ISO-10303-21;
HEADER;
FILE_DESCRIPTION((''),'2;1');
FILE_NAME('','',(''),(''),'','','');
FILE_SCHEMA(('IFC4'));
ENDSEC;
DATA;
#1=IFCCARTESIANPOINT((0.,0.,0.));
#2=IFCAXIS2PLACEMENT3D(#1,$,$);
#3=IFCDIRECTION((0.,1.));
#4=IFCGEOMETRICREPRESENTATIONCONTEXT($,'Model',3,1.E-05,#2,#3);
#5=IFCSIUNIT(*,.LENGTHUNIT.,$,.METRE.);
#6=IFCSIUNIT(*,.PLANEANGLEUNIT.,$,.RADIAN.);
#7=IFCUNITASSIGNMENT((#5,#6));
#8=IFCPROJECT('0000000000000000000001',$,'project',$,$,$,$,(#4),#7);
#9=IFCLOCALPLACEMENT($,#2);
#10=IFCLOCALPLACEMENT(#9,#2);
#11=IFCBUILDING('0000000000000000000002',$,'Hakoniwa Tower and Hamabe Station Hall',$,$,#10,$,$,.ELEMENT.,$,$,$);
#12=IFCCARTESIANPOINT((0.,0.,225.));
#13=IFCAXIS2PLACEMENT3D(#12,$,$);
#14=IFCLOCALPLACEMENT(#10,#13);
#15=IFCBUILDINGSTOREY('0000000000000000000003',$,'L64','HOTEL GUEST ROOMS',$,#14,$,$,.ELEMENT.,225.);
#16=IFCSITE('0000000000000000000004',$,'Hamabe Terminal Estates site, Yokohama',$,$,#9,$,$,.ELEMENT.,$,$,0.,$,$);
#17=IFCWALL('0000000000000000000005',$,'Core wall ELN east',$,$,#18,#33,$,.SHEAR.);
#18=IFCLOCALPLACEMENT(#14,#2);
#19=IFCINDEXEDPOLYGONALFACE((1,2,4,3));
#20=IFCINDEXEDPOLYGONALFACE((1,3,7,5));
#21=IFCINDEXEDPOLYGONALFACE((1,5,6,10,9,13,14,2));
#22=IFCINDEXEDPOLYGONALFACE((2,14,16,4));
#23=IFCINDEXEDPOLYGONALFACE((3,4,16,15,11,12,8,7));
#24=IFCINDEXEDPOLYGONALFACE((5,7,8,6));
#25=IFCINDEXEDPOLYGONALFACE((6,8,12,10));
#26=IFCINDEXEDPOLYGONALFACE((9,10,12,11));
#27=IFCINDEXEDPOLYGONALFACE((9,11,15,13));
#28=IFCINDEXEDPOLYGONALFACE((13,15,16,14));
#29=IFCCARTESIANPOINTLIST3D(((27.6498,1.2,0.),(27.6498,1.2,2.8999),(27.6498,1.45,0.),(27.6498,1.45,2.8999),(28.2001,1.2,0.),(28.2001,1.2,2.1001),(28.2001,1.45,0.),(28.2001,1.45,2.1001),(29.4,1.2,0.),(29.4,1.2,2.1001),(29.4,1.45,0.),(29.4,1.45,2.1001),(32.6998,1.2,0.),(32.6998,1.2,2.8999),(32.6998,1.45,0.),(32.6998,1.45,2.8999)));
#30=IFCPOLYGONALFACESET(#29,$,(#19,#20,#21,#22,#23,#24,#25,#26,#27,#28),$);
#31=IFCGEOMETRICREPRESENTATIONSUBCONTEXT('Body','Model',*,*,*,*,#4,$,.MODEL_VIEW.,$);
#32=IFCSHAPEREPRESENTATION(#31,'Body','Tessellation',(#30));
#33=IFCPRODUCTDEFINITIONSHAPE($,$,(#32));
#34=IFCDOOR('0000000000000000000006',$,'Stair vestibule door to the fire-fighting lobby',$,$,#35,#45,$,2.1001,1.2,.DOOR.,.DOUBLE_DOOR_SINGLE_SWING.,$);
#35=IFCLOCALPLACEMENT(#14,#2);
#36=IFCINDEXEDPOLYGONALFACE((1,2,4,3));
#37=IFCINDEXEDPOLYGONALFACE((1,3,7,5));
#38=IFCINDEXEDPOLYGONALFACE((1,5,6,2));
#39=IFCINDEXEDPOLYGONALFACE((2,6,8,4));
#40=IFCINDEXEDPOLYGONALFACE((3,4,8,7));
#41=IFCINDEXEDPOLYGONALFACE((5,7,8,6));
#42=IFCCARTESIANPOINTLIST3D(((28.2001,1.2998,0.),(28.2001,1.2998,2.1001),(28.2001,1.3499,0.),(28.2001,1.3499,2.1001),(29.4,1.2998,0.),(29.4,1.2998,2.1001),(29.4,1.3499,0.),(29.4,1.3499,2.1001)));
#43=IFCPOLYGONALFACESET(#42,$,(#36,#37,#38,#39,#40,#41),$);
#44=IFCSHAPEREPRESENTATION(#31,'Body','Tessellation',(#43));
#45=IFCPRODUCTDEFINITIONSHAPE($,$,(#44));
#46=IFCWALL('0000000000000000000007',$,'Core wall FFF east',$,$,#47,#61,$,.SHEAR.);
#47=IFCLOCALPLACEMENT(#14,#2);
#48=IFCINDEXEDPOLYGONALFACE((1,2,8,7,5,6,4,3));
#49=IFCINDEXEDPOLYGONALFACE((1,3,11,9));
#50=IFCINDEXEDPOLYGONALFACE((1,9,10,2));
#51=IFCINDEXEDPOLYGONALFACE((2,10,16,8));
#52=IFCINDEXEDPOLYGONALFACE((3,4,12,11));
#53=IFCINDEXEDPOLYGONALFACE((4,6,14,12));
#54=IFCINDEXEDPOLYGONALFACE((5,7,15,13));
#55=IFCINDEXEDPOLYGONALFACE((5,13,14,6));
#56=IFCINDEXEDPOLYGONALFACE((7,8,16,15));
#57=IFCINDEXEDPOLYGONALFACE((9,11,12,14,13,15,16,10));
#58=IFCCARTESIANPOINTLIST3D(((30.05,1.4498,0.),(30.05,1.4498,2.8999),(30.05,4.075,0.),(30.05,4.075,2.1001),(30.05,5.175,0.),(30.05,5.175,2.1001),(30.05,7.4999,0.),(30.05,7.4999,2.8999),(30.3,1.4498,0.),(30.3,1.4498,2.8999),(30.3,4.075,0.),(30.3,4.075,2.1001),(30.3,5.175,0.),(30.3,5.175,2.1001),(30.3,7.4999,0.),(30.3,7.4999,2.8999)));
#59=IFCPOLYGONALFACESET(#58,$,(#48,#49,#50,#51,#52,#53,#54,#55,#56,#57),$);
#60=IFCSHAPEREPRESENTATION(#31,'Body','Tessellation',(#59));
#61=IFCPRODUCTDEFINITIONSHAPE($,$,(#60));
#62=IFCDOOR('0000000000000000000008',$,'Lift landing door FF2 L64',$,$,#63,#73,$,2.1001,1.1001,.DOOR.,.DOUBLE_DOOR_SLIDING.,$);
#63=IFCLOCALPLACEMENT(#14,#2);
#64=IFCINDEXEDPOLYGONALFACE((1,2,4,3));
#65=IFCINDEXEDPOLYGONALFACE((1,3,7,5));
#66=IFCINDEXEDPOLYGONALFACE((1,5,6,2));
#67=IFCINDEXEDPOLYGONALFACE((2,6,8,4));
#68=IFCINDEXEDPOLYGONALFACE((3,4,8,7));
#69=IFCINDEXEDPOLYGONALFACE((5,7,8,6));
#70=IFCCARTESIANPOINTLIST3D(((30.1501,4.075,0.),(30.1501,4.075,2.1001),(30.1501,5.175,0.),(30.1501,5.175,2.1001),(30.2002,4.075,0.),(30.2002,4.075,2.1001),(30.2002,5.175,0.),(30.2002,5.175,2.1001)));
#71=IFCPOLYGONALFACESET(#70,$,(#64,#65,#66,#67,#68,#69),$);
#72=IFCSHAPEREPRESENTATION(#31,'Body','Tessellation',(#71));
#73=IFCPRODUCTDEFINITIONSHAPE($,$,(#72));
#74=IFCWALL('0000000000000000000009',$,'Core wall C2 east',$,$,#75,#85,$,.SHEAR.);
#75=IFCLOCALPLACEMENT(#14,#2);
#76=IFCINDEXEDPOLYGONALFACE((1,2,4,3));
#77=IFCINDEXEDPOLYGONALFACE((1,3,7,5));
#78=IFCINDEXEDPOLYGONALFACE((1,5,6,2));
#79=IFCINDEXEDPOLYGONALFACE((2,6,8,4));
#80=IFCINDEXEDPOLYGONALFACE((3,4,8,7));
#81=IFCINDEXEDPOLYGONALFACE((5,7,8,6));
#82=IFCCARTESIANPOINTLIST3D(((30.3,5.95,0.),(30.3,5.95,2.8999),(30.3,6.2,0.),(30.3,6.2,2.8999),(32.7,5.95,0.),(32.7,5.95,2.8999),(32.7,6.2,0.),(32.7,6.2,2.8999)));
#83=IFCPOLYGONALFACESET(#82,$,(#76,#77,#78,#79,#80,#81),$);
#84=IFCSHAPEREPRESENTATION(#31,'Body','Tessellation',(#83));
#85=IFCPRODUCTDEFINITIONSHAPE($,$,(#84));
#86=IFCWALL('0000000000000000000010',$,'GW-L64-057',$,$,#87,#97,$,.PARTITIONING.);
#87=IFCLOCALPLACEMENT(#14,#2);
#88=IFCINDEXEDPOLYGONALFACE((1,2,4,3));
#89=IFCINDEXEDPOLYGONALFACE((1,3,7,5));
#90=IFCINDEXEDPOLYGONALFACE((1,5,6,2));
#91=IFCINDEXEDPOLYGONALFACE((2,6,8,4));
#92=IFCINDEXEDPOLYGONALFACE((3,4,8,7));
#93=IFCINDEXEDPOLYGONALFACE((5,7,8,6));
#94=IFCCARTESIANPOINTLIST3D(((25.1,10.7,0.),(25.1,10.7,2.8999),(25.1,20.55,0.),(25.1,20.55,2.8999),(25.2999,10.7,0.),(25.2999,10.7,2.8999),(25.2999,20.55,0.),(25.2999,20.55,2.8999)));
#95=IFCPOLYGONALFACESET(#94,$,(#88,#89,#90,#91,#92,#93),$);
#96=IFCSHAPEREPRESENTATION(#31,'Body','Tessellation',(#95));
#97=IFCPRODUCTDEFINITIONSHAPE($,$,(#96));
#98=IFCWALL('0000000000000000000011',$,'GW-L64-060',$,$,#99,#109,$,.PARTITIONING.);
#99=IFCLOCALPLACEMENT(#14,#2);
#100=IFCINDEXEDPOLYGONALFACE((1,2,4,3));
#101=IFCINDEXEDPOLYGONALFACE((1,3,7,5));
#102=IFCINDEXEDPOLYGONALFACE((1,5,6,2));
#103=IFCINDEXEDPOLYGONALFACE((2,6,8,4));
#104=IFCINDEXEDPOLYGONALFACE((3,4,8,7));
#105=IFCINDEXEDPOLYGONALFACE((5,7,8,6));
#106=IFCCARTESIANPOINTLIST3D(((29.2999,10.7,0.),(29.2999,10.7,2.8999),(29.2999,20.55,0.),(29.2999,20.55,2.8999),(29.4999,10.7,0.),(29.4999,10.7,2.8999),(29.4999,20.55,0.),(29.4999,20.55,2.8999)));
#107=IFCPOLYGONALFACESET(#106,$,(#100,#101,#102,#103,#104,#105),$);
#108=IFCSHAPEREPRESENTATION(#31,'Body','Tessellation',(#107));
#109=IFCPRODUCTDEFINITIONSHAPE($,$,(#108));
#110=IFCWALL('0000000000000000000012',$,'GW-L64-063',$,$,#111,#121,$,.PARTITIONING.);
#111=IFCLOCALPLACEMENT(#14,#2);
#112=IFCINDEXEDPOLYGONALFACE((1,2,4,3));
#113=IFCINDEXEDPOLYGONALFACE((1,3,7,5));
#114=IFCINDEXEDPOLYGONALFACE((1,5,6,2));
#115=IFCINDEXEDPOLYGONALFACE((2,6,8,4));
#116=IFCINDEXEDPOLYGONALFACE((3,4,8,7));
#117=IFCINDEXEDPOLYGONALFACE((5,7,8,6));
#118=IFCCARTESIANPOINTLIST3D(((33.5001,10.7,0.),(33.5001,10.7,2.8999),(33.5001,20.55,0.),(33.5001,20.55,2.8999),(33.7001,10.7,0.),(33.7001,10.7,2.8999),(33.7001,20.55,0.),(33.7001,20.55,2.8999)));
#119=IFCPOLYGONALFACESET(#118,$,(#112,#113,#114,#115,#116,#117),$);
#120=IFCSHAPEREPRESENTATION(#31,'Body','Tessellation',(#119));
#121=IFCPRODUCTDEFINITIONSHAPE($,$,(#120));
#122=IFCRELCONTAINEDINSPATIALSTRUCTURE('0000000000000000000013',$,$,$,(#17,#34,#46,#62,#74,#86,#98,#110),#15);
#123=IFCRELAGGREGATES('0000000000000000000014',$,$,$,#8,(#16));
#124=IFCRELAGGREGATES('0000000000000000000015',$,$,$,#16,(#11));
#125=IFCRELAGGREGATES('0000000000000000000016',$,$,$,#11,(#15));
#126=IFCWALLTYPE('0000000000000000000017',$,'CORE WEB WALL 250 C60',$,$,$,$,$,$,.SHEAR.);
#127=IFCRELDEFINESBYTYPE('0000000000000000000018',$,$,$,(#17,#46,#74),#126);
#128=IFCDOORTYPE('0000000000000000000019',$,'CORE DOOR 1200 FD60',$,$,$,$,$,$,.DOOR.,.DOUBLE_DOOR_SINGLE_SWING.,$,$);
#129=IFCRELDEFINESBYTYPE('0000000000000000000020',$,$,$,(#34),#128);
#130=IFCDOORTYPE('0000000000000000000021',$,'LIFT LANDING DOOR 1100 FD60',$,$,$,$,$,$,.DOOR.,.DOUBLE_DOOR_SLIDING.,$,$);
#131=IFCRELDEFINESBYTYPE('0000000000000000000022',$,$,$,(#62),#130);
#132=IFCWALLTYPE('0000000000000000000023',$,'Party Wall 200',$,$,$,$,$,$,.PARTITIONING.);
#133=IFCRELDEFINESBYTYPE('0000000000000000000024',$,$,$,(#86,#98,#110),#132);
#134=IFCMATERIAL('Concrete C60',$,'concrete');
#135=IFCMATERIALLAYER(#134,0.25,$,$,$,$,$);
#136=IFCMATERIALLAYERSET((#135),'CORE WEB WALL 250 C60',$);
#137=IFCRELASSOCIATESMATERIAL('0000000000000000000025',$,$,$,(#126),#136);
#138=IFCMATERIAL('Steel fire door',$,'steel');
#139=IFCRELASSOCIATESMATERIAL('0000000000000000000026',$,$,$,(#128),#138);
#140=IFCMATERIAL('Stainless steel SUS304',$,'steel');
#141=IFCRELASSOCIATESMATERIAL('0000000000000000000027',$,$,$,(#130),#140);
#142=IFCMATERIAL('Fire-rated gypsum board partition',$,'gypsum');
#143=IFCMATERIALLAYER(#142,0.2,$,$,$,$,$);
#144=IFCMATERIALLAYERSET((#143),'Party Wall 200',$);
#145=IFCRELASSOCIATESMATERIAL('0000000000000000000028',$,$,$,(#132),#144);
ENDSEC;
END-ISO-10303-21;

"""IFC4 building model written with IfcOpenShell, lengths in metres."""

from ifc_helpers import new_model, si_unit, direction, frame, frame_2d, origin, place, context, subcontext, project, spatial, rectangle, extrude, material, layer, layer_set, type_object, element, fill, save


model = new_model("IFC4")

# Units and contexts
model_context = context("Model", 3, precision=1e-05, world=origin(), true_north=direction((0.0, 1.0)))
body_context = subcontext(model_context, "Body", "Model", "MODEL_VIEW")
ifc_project = project(units=[si_unit("LENGTHUNIT", "METRE"), si_unit("PLANEANGLEUNIT", "RADIAN")], contexts=[model_context])

# Site, building, storey
site_placement = place(None, origin())
site = spatial("IfcSite", under=ifc_project, at=site_placement, Name="Hamabe Terminal Estates site, Yokohama", CompositionType="ELEMENT", RefElevation=0.0)
building_placement = place(site_placement, origin())
building = spatial("IfcBuilding", under=site, at=building_placement, Name="Hakoniwa Tower and Hamabe Station Hall", CompositionType="ELEMENT")
storey_placement = place(building_placement, frame((0.0, 0.0, 225.0)))
storey = spatial("IfcBuildingStorey", under=building, at=storey_placement, Name="L64", Description="HOTEL GUEST ROOMS", CompositionType="ELEMENT", Elevation=225.0)

# Shared definitions
ifc_material_1 = material(Name="Concrete C60", Category="concrete")
ifc_layer_1 = layer(ifc_material_1, 0.25)
ifc_layer_set_1 = layer_set([ifc_layer_1], Name="CORE WEB WALL 250 C60")
wall_type_1 = type_object("IfcWallType", Name="CORE WEB WALL 250 C60", PredefinedType="SHEAR", material=ifc_layer_set_1)

# Walls, openings, doors
ifc_material_2 = material(Name="Steel fire door", Category="steel")
door_type_1 = type_object("IfcDoorType", Name="CORE DOOR 1200 FD60", OperationType="DOUBLE_DOOR_SINGLE_SWING", PredefinedType="DOOR", material=ifc_material_2)
wall_1_placement = place(storey_placement, frame((27.6499, 1.325, 0.0), z_axis=(0.0, 0.0, 1.0), x_axis=(1.0, 0.0, 0.0)))
wall_1 = element("IfcWall", 1, at=wall_1_placement, inside=storey, type_object=wall_type_1, Name="Core wall ELN east", PredefinedType="SHEAR", context=body_context, shape_type="SweptSolid", body=[
    extrude(rectangle(XDim=5.05, YDim=0.25, at=frame_2d((2.5249, 0.0))), origin(), (0.0, 0.0, 1.0), 2.8999),
])
opening_1_placement = place(wall_1_placement, frame((0.55, 0.0, 0.0)))
opening_1 = element("IfcOpeningElement", 2, at=opening_1_placement, cuts=wall_1, PredefinedType="OPENING", context=body_context, shape_type="SweptSolid", body=[
    extrude(rectangle(XDim=1.2, YDim=2.1001, at=frame_2d((0.6001, 1.05))), frame((0.0, 0.135, 0.0), z_axis=(0.0, -1.0, 0.0), x_axis=(1.0, 0.0, 0.0)), (0.0, 0.0, 1.0), 0.27),
])
door_1_placement = place(opening_1_placement, origin())
door_1 = element("IfcDoor", 3, at=door_1_placement, inside=storey, type_object=door_type_1, Name="Stair vestibule door to the fire-fighting lobby", OperationType="DOUBLE_DOOR_SINGLE_SWING", OverallHeight=2.1001, OverallWidth=1.2, PredefinedType="DOOR", context=body_context, shape_type="SweptSolid", body=[
    extrude(rectangle(XDim=1.2, YDim=2.1001, at=frame_2d((0.6001, 1.05))), frame((0.0, 0.0249, 0.0), z_axis=(0.0, -1.0, 0.0), x_axis=(1.0, 0.0, 0.0)), (0.0, 0.0, 1.0), 0.05),
])
fill(opening_1, door_1)
wall_2_placement = place(storey_placement, frame((30.175, 1.45, 0.0), z_axis=(0.0, 0.0, 1.0), x_axis=(0.0, 1.0, 0.0)))
wall_2 = element("IfcWall", 4, at=wall_2_placement, inside=storey, type_object=wall_type_1, Name="Core wall FFF east", PredefinedType="SHEAR", context=body_context, shape_type="SweptSolid", body=[
    extrude(rectangle(XDim=6.05, YDim=0.25, at=frame_2d((3.0249, 0.0))), origin(), (0.0, 0.0, 1.0), 2.8999),
])
opening_2_placement = place(wall_2_placement, frame((2.625, 0.0, 0.0)))
opening_2 = element("IfcOpeningElement", 5, at=opening_2_placement, cuts=wall_2, PredefinedType="OPENING", context=body_context, shape_type="SweptSolid", body=[
    extrude(rectangle(XDim=1.1001, YDim=2.1001, at=frame_2d((0.55, 1.05))), frame((0.0, 0.135, 0.0), z_axis=(0.0, -1.0, 0.0), x_axis=(1.0, 0.0, 0.0)), (0.0, 0.0, 1.0), 0.27),
])
ifc_material_3 = material(Name="Stainless steel SUS304", Category="steel")
door_type_2 = type_object("IfcDoorType", Name="LIFT LANDING DOOR 1100 FD60", OperationType="DOUBLE_DOOR_SLIDING", PredefinedType="DOOR", material=ifc_material_3)
door_2_placement = place(opening_2_placement, origin())
door_2 = element("IfcDoor", 6, at=door_2_placement, inside=storey, type_object=door_type_2, Name="Lift landing door FF2 L64", OperationType="DOUBLE_DOOR_SLIDING", OverallHeight=2.1001, OverallWidth=1.1001, PredefinedType="DOOR", context=body_context, shape_type="SweptSolid", body=[
    extrude(rectangle(XDim=1.1001, YDim=2.1001, at=frame_2d((0.55, 1.05))), frame((0.0, 0.0249, 0.0), z_axis=(0.0, -1.0, 0.0), x_axis=(1.0, 0.0, 0.0)), (0.0, 0.0, 1.0), 0.05),
])
fill(opening_2, door_2)

# Walls
wall_3_placement = place(storey_placement, frame((30.3, 6.075, 0.0), z_axis=(0.0, 0.0, 1.0), x_axis=(1.0, 0.0, 0.0)))
element("IfcWall", 7, at=wall_3_placement, inside=storey, type_object=wall_type_1, Name="Core wall C2 east", PredefinedType="SHEAR", context=body_context, shape_type="SweptSolid", body=[
    extrude(rectangle(XDim=2.3999, YDim=0.25, at=frame_2d((1.2, 0.0))), origin(), (0.0, 0.0, 1.0), 2.8999),
])
ifc_material_4 = material(Name="Fire-rated gypsum board partition", Category="gypsum")
ifc_layer_2 = layer(ifc_material_4, 0.2)
ifc_layer_set_2 = layer_set([ifc_layer_2], Name="Party Wall 200")
wall_type_2 = type_object("IfcWallType", Name="Party Wall 200", PredefinedType="PARTITIONING", material=ifc_layer_set_2)
for number, where, z_axis, x_axis, name in (
    (8, (25.2, 10.7, 0.0), (0.0, 0.0, 1.0), (0.0, 1.0, 0.0), "GW-L64-057"),
    (9, (29.3999, 10.7, 0.0), (0.0, 0.0, 1.0), (0.0, 1.0, 0.0), "GW-L64-060"),
    (10, (33.6001, 10.7, 0.0), (0.0, 0.0, 1.0), (0.0, 1.0, 0.0), "GW-L64-063"),
):
    element("IfcWall", number, at=place(storey_placement, frame(where, z_axis=z_axis, x_axis=x_axis)), inside=storey, type_object=wall_type_2, Name=name, PredefinedType="PARTITIONING", context=body_context, shape_type="SweptSolid", body=[
        extrude(rectangle(XDim=9.8501, YDim=0.2, at=frame_2d((4.925, 0.0))), origin(), (0.0, 0.0, 1.0), 2.8999),
    ])

save(model, "model.ifc")
